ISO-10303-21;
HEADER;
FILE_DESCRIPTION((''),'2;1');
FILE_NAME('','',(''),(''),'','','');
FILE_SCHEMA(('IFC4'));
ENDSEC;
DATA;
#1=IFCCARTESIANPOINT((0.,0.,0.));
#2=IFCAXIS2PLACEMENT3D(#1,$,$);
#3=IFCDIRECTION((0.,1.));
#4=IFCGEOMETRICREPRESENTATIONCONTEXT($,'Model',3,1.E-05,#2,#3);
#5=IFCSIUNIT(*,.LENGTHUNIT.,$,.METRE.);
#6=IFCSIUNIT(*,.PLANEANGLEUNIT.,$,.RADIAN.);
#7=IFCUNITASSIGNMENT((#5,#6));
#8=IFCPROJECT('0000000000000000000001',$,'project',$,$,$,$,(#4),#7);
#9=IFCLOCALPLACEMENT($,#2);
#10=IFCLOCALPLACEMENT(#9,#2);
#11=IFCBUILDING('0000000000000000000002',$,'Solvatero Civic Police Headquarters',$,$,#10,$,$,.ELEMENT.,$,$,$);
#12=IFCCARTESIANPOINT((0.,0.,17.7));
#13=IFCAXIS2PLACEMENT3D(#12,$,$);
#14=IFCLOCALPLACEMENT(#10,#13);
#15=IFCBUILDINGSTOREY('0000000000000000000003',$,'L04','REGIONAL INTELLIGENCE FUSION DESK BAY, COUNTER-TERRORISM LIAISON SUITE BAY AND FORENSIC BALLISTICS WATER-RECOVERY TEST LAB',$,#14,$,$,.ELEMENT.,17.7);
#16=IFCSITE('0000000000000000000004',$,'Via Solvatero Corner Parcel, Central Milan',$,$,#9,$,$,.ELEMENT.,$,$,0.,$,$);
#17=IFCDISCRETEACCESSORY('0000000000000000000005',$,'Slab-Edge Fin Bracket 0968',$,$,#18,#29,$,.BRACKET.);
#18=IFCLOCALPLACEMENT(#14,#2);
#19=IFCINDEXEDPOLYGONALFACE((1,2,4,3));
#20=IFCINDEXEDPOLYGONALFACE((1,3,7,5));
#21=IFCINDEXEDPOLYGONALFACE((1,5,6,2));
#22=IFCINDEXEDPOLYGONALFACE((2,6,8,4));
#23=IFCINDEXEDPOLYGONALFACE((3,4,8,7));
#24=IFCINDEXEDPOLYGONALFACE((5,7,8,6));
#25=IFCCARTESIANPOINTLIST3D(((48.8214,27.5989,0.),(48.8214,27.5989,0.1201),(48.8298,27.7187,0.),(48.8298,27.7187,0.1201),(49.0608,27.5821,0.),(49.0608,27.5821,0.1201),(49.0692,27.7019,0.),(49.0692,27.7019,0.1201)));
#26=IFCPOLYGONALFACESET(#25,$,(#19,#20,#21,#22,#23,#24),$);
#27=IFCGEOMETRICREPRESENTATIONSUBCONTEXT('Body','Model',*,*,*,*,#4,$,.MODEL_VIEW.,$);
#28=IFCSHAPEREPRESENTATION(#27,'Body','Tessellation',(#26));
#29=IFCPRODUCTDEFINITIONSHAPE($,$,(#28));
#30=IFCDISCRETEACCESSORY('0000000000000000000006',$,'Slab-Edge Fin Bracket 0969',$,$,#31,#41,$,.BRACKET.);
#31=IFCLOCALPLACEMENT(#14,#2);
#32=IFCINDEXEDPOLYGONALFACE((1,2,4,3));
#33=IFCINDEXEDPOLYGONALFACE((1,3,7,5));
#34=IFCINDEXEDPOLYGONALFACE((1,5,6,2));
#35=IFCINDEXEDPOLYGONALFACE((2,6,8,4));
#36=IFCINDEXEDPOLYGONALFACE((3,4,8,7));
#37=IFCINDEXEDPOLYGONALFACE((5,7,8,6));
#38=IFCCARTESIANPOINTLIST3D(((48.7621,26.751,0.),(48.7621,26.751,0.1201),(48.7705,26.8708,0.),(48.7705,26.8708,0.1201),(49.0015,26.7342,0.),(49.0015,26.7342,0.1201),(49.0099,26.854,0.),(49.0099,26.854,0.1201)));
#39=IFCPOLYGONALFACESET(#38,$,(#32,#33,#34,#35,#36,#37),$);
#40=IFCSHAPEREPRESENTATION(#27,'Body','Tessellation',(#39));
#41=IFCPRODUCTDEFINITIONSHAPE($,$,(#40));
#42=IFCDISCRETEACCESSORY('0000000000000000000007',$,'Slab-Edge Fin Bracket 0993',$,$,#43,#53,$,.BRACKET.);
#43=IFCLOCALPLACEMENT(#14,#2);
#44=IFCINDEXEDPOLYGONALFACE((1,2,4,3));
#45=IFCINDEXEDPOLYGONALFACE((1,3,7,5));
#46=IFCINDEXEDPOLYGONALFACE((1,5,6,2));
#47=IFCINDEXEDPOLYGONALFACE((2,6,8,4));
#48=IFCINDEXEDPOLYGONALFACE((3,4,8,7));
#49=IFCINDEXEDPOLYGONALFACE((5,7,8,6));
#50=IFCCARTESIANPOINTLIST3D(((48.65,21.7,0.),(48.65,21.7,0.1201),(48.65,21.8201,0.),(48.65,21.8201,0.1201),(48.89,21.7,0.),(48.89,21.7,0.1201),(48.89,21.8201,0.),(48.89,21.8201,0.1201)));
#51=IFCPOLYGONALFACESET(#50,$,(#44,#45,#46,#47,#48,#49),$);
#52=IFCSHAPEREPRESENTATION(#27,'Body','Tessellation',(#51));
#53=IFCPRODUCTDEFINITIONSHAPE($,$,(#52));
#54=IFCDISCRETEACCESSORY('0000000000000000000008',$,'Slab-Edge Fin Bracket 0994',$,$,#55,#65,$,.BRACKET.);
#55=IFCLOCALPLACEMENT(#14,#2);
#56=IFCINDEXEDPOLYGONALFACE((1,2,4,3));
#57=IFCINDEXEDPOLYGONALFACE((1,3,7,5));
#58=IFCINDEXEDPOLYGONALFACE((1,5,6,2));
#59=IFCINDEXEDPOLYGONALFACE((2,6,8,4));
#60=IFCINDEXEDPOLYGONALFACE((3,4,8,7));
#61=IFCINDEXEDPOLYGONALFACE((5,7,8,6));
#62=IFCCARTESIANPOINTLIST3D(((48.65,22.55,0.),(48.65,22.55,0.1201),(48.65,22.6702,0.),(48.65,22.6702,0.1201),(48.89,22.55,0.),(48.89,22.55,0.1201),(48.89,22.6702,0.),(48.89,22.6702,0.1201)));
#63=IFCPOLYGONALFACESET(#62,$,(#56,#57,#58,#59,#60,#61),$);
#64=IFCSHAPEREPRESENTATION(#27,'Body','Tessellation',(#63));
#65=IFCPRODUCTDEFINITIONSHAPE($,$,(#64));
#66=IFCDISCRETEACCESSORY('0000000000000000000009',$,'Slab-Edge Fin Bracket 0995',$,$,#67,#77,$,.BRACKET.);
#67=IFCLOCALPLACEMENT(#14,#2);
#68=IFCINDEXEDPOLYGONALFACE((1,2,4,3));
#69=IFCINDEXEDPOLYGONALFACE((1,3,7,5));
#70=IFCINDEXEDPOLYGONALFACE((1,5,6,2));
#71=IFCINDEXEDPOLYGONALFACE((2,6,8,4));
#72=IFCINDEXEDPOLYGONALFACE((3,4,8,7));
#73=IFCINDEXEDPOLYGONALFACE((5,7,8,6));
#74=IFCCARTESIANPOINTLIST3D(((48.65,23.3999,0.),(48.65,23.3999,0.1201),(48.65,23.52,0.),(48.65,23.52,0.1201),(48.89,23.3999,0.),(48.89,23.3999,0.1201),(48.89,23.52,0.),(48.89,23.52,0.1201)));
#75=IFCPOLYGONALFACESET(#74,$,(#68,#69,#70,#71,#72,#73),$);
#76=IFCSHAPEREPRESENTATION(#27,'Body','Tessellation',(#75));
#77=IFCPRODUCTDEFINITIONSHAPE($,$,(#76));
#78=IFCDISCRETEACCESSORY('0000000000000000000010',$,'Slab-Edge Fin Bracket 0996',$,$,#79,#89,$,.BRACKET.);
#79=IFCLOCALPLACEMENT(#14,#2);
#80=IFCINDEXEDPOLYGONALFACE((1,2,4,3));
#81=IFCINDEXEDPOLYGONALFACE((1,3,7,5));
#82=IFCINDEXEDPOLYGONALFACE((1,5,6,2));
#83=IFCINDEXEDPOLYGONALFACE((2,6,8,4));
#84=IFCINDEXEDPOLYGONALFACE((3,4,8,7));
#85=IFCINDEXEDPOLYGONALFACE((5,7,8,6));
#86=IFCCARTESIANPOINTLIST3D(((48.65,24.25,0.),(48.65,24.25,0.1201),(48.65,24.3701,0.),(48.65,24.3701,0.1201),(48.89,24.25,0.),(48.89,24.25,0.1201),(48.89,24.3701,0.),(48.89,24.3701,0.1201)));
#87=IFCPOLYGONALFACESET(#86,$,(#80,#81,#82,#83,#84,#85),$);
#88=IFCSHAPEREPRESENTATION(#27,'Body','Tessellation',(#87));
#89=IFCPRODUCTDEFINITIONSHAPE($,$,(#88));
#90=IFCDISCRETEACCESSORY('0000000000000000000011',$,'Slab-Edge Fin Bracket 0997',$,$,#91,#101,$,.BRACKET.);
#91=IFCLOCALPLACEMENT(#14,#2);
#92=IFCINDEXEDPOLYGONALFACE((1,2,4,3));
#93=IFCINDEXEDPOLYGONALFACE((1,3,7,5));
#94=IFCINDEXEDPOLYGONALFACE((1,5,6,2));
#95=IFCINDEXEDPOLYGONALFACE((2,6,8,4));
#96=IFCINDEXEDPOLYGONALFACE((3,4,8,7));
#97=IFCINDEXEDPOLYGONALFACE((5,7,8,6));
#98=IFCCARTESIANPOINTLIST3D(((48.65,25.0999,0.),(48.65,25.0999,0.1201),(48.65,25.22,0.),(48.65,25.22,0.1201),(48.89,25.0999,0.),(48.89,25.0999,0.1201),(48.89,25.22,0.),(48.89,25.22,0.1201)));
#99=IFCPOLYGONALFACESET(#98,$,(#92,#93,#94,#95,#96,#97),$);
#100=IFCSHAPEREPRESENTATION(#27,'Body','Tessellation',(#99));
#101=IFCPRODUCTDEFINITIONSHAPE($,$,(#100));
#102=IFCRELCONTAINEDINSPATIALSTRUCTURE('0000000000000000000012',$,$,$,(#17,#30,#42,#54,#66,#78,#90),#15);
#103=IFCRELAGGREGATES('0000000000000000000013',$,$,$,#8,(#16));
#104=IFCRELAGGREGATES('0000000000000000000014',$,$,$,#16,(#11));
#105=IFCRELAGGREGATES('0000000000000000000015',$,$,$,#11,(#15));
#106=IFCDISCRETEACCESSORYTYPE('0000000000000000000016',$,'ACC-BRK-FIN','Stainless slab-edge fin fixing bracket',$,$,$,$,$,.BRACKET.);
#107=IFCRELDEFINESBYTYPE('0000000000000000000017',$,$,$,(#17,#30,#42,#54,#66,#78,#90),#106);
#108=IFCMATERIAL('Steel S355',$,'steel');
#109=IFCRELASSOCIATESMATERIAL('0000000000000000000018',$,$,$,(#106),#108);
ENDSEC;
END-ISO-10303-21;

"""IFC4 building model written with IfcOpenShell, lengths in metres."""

from ifc_helpers import new_model, si_unit, direction, frame, origin, origin_2d, place, context, subcontext, project, spatial, rectangle, extrude, material, type_object, element, save


model = new_model("IFC4")

# Units and contexts
model_context = context("Model", 3, precision=1e-05, world=origin(), true_north=direction((0.0, 1.0)))
body_context = subcontext(model_context, "Body", "Model", "MODEL_VIEW")
ifc_project = project(units=[si_unit("LENGTHUNIT", "METRE"), si_unit("PLANEANGLEUNIT", "RADIAN")], contexts=[model_context])

# Site, building, storey
site_placement = place(None, origin())
site = spatial("IfcSite", under=ifc_project, at=site_placement, Name="Via Solvatero Corner Parcel, Central Milan", CompositionType="ELEMENT", RefElevation=0.0)
building_placement = place(site_placement, origin())
building = spatial("IfcBuilding", under=site, at=building_placement, Name="Solvatero Civic Police Headquarters", CompositionType="ELEMENT")
storey_placement = place(building_placement, frame((0.0, 0.0, 17.7)))
storey = spatial("IfcBuildingStorey", under=building, at=storey_placement, Name="L04", Description="REGIONAL INTELLIGENCE FUSION DESK BAY, COUNTER-TERRORISM LIAISON SUITE BAY AND FORENSIC BALLISTICS WATER-RECOVERY TEST LAB", CompositionType="ELEMENT", Elevation=17.7)

# Discrete accessories
ifc_material_1 = material(Name="Steel S355", Category="steel")
discrete_accessory_type = type_object("IfcDiscreteAccessoryType", Name="ACC-BRK-FIN", Description="Stainless slab-edge fin fixing bracket", PredefinedType="BRACKET", material=ifc_material_1)
for number, where, z_axis, x_axis, name in (
    (1, (48.9453, 27.6504, 0.0), (0.0, 0.0, 1.0), (-0.069774, -0.997563, 0.0), "Slab-Edge Fin Bracket 0968"),
    (2, (48.886, 26.8025, 0.0), (0.0, 0.0, 1.0), (-0.069774, -0.997563, 0.0), "Slab-Edge Fin Bracket 0969"),
    (3, (48.77, 21.76, 0.0), (0.0, 0.0, 1.0), (0.0, 1.0, 0.0), "Slab-Edge Fin Bracket 0993"),
    (4, (48.77, 22.6101, 0.0), (0.0, 0.0, 1.0), (0.0, 1.0, 0.0), "Slab-Edge Fin Bracket 0994"),
    (5, (48.77, 23.46, 0.0), (0.0, 0.0, 1.0), (0.0, 1.0, 0.0), "Slab-Edge Fin Bracket 0995"),
    (6, (48.77, 24.3101, 0.0), (0.0, 0.0, 1.0), (0.0, 1.0, 0.0), "Slab-Edge Fin Bracket 0996"),
    (7, (48.77, 25.1599, 0.0), (0.0, 0.0, 1.0), (0.0, 1.0, 0.0), "Slab-Edge Fin Bracket 0997"),
):
    element("IfcDiscreteAccessory", number, at=place(storey_placement, frame(where, z_axis=z_axis, x_axis=x_axis)), inside=storey, type_object=discrete_accessory_type, Name=name, PredefinedType="BRACKET", context=body_context, shape_type="SweptSolid", body=[
        extrude(rectangle(XDim=0.1201, YDim=0.24, at=origin_2d()), origin(), (0.0, 0.0, 1.0), 0.1201),
    ])

save(model, "model.ifc")
